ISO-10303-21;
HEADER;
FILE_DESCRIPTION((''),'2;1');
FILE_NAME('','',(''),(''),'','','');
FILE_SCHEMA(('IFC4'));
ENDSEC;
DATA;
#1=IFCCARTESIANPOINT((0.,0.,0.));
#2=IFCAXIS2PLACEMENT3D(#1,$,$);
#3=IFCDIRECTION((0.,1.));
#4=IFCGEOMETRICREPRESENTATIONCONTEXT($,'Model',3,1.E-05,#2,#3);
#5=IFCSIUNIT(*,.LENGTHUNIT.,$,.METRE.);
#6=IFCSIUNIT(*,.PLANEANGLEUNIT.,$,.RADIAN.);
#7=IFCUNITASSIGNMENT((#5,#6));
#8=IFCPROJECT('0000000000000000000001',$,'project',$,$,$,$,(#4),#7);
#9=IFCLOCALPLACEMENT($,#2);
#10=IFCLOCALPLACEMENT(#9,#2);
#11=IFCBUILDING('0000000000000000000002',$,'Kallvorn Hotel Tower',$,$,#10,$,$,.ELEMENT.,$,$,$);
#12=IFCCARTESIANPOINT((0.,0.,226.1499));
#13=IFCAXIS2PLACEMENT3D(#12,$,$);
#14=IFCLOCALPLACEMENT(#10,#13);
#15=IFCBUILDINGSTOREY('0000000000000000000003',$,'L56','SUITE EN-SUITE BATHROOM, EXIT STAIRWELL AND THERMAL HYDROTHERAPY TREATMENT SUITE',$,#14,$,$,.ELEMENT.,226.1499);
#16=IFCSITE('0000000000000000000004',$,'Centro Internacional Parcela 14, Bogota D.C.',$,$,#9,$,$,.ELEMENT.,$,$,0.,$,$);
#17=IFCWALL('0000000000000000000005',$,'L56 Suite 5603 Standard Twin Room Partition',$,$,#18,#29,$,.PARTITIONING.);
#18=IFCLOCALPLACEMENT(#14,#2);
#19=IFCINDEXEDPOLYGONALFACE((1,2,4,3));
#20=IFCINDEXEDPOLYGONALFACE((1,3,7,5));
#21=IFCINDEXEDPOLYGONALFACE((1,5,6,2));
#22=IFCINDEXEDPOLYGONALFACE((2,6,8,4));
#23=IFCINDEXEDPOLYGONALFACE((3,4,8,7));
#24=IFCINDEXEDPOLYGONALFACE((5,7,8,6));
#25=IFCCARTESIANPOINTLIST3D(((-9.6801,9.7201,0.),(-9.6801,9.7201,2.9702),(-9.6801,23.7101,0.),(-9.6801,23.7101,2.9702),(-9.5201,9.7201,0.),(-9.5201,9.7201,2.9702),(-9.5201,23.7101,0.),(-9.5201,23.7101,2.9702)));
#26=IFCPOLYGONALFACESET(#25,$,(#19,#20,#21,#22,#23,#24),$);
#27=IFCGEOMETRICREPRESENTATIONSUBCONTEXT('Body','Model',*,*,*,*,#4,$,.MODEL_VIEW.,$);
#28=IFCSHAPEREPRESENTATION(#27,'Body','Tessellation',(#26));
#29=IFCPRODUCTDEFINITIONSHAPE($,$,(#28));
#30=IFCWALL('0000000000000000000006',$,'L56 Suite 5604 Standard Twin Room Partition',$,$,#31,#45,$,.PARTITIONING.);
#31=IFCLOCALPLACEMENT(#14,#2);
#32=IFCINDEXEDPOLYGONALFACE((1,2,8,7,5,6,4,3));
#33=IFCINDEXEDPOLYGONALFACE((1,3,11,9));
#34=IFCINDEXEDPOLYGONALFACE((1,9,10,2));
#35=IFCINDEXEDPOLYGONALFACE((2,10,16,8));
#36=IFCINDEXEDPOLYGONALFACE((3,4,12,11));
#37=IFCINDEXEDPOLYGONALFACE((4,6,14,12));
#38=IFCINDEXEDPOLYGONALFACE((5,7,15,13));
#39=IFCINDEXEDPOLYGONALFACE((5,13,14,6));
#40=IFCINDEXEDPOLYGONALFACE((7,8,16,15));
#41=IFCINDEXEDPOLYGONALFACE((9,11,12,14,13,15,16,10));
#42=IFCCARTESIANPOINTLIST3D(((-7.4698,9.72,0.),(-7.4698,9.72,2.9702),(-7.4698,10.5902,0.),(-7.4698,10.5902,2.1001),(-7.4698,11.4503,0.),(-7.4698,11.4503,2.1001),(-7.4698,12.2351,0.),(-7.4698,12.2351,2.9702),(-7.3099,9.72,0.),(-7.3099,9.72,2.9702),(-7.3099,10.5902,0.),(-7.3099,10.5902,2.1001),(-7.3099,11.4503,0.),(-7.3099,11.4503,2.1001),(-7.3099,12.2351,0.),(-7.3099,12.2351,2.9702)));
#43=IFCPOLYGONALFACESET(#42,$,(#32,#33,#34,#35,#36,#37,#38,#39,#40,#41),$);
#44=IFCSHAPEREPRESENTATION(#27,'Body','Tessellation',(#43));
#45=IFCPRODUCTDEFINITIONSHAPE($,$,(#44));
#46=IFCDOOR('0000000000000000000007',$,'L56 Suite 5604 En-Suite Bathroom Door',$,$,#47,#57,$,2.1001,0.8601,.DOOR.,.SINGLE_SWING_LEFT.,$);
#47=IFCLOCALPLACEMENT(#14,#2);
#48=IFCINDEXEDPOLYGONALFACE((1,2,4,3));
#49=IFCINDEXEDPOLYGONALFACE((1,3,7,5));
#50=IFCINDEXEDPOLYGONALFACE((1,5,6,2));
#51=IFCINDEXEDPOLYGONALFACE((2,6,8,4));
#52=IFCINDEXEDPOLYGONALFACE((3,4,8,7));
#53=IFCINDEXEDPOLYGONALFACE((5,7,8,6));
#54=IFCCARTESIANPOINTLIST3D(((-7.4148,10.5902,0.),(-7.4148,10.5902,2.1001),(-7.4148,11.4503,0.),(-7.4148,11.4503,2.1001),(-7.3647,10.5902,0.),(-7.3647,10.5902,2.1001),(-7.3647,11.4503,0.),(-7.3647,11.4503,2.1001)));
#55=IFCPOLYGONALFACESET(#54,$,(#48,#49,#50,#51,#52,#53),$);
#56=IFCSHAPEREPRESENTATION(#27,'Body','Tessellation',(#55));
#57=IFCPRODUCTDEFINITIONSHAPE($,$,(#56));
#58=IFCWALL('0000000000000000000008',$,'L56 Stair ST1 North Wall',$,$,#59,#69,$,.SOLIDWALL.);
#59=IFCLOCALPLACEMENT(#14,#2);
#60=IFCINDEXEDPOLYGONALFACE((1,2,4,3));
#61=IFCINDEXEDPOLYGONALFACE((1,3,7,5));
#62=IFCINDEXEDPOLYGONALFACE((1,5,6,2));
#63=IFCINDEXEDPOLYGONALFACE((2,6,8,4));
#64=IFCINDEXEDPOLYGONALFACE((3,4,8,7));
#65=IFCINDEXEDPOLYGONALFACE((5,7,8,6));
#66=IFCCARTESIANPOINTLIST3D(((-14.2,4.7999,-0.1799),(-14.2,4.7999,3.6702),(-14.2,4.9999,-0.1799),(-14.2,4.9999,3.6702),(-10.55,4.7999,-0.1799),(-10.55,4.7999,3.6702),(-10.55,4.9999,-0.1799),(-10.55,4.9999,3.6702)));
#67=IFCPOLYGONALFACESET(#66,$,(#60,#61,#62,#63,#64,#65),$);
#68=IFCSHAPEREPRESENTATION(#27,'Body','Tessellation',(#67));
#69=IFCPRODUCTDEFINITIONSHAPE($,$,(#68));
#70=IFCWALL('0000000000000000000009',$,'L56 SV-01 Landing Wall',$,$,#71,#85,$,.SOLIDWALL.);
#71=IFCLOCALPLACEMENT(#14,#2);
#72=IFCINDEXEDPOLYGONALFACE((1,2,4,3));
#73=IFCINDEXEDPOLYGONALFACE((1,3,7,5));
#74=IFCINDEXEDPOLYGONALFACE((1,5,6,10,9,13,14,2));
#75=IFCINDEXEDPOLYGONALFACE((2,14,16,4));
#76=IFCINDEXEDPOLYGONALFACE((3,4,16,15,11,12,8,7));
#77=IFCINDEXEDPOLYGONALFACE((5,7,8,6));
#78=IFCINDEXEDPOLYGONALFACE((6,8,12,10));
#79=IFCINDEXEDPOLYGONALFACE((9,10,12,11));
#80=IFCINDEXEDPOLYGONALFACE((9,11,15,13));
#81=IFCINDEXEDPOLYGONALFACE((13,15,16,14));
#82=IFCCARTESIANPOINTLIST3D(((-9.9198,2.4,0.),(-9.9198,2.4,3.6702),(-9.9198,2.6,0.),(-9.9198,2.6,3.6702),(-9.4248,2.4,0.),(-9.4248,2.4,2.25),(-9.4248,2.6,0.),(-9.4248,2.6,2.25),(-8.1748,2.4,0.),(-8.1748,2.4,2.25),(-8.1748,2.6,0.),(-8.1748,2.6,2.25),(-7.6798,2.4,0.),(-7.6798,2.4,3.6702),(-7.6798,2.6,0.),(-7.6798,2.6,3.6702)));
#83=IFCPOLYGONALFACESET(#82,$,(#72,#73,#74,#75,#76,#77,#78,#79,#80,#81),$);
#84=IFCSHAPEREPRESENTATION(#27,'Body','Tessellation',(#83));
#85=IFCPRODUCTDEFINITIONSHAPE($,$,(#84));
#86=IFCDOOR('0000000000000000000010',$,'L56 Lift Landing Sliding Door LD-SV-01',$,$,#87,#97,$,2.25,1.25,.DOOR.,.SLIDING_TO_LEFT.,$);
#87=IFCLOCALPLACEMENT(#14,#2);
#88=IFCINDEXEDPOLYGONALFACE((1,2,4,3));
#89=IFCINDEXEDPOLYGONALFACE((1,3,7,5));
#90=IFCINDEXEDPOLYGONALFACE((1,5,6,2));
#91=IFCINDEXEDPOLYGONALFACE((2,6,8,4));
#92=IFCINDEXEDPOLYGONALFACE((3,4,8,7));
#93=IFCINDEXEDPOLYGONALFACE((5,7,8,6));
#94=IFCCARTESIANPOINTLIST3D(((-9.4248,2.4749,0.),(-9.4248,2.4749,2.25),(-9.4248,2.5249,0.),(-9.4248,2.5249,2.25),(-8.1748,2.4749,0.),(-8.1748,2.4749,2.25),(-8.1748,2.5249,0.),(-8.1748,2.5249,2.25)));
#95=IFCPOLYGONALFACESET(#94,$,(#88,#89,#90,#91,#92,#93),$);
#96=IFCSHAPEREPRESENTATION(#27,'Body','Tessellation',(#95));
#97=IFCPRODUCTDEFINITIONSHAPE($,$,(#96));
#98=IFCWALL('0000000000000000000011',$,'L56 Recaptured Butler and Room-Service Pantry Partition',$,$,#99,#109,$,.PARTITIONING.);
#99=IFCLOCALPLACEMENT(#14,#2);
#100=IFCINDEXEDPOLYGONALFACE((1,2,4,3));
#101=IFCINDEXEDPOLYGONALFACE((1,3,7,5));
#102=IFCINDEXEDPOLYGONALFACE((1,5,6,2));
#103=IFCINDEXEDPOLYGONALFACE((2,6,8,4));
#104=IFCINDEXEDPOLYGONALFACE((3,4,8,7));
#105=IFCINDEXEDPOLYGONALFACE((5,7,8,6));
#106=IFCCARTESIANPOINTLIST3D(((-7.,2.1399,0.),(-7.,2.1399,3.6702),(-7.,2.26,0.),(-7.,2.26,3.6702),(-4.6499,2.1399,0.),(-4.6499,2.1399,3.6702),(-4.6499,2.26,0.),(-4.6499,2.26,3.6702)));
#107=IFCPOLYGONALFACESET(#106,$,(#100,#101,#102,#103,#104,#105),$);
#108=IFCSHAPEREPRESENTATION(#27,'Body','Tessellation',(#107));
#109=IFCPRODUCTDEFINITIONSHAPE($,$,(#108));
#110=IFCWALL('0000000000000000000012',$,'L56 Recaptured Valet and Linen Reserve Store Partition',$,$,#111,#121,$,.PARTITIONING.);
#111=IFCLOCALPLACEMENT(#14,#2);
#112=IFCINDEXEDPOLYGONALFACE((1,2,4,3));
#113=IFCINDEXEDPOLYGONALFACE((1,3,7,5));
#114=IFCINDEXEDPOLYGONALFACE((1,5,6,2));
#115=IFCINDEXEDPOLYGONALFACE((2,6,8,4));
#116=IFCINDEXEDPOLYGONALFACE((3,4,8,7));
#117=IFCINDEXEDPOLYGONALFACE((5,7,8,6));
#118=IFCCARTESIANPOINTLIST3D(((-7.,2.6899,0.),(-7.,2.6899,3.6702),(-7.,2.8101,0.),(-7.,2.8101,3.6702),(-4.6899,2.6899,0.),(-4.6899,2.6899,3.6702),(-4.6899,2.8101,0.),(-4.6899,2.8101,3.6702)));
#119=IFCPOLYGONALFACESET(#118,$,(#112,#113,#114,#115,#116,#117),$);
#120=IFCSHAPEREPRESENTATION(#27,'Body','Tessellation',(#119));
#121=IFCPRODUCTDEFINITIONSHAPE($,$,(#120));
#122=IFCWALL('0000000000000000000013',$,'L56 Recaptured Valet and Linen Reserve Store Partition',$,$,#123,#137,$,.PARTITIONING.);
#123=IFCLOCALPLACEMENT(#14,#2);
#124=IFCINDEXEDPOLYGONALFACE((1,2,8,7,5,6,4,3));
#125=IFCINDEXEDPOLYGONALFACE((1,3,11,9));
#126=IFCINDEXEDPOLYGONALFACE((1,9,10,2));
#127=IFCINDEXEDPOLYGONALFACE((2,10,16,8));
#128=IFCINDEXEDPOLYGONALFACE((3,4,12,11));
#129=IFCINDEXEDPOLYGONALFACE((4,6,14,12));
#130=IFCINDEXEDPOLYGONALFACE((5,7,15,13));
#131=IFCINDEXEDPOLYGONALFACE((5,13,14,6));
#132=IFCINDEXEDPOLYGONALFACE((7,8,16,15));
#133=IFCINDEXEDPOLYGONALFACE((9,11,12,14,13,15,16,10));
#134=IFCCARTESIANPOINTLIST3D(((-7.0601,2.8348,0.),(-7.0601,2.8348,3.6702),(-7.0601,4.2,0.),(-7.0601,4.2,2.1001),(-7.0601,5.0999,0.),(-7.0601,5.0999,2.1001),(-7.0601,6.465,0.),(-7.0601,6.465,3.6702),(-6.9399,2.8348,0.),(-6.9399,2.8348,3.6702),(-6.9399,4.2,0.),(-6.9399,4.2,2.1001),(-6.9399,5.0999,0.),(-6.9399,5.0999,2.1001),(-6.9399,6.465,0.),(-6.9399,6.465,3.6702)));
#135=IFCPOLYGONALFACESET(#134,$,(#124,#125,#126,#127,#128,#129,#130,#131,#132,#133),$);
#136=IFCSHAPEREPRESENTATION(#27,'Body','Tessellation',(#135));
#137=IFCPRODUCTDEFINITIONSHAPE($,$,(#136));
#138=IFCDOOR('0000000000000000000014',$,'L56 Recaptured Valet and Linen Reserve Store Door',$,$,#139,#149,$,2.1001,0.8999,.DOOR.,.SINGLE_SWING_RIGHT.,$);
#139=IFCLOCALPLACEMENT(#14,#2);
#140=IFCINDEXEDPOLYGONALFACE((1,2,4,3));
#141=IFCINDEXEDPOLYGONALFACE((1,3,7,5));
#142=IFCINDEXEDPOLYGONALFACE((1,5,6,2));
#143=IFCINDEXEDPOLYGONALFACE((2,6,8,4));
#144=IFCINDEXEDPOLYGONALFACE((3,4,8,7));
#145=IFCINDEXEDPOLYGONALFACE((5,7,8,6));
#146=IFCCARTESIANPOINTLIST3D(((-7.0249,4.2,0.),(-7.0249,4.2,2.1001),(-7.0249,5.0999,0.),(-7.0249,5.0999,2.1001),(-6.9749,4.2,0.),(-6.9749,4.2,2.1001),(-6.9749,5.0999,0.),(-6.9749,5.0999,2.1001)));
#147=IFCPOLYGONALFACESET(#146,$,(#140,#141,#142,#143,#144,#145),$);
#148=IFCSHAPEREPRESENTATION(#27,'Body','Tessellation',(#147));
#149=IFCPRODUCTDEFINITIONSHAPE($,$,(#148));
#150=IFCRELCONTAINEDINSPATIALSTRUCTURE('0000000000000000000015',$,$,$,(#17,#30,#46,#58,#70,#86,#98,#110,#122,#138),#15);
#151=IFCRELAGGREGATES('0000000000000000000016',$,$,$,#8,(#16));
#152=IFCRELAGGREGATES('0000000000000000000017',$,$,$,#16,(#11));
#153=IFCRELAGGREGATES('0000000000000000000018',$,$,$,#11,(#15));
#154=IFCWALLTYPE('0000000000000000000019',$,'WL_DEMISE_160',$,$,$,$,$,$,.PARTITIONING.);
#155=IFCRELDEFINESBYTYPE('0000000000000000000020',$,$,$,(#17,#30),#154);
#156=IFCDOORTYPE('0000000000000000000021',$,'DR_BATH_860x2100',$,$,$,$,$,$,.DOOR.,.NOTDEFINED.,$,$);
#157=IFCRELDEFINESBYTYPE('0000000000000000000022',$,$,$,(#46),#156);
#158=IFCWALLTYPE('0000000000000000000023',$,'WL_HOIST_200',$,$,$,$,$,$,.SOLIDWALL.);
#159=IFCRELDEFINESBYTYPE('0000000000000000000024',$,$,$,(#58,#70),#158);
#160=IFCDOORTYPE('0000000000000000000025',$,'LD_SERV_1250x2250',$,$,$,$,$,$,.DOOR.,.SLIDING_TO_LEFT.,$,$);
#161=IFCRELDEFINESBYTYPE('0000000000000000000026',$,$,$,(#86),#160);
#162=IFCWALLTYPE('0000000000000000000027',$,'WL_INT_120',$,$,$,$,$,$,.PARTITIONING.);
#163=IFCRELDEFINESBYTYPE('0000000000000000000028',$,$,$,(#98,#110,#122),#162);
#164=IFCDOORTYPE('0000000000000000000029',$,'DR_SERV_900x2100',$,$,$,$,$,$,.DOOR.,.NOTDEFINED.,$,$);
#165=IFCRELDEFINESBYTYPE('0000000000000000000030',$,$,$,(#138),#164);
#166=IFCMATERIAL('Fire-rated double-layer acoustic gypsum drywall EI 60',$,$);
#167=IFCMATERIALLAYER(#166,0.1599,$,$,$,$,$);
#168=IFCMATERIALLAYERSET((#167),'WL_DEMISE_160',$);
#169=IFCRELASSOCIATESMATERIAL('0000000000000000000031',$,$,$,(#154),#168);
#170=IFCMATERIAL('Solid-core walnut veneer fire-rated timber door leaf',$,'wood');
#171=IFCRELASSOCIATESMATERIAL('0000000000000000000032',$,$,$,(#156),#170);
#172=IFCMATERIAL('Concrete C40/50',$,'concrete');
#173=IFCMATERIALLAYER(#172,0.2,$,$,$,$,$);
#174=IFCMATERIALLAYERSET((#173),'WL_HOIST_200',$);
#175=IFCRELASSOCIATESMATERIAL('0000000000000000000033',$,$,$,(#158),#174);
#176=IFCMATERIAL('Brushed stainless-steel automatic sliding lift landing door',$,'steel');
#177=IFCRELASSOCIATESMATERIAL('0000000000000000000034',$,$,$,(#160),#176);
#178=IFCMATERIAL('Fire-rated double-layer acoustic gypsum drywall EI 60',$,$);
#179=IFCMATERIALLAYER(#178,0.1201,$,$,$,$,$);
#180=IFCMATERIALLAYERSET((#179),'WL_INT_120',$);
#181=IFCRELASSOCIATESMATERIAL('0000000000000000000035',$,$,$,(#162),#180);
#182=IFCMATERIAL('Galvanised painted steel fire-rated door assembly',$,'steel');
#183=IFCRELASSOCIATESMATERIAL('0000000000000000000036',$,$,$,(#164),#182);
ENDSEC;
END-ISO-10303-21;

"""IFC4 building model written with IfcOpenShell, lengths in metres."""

from ifc_helpers import new_model, si_unit, direction, frame, frame_2d, origin, place, context, subcontext, project, spatial, rectangle, extrude, material, layer, layer_set, type_object, element, fill, save


model = new_model("IFC4")

# Units and contexts
model_context = context("Model", 3, precision=1e-05, world=origin(), true_north=direction((0.0, 1.0)))
body_context = subcontext(model_context, "Body", "Model", "MODEL_VIEW")
ifc_project = project(units=[si_unit("LENGTHUNIT", "METRE"), si_unit("PLANEANGLEUNIT", "RADIAN")], contexts=[model_context])

# Site, building, storey
site_placement = place(None, origin())
site = spatial("IfcSite", under=ifc_project, at=site_placement, Name="Centro Internacional Parcela 14, Bogota D.C.", CompositionType="ELEMENT", RefElevation=0.0)
building_placement = place(site_placement, origin())
building = spatial("IfcBuilding", under=site, at=building_placement, Name="Kallvorn Hotel Tower", CompositionType="ELEMENT")
storey_placement = place(building_placement, frame((0.0, 0.0, 226.1499)))
storey = spatial("IfcBuildingStorey", under=building, at=storey_placement, Name="L56", Description="SUITE EN-SUITE BATHROOM, EXIT STAIRWELL AND THERMAL HYDROTHERAPY TREATMENT SUITE", CompositionType="ELEMENT", Elevation=226.1499)

# Shared definitions
ifc_material_1 = material(Name="Fire-rated double-layer acoustic gypsum drywall EI 60")
ifc_layer_1 = layer(ifc_material_1, 0.1599)
ifc_layer_set_1 = layer_set([ifc_layer_1], Name="WL_DEMISE_160")
wall_type_1 = type_object("IfcWallType", Name="WL_DEMISE_160", PredefinedType="PARTITIONING", material=ifc_layer_set_1)
ifc_material_2 = material(Name="Solid-core walnut veneer fire-rated timber door leaf", Category="wood")
door_type_1 = type_object("IfcDoorType", Name="DR_BATH_860x2100", OperationType="NOTDEFINED", PredefinedType="DOOR", material=ifc_material_2)

# Wall
wall_1_placement = place(storey_placement, frame((-9.6001, 9.72, 0.0), z_axis=(0.0, 0.0, 1.0), x_axis=(0.0, 1.0, 0.0)))
element("IfcWall", 1, at=wall_1_placement, inside=storey, type_object=wall_type_1, Name="L56 Suite 5603 Standard Twin Room Partition", PredefinedType="PARTITIONING", context=body_context, shape_type="SweptSolid", body=[
    extrude(rectangle(XDim=13.99, YDim=0.1599, at=frame_2d((6.9951, 0.0))), origin(), (0.0, 0.0, 1.0), 2.9702),
])

# Wall, opening, door
wall_2_placement = place(storey_placement, frame((-7.3899, 9.72, 0.0), z_axis=(0.0, 0.0, 1.0), x_axis=(0.0, 1.0, 0.0)))
wall_2 = element("IfcWall", 2, at=wall_2_placement, inside=storey, type_object=wall_type_1, Name="L56 Suite 5604 Standard Twin Room Partition", PredefinedType="PARTITIONING", context=body_context, shape_type="SweptSolid", body=[
    extrude(rectangle(XDim=2.5151, YDim=0.1599, at=frame_2d((1.2576, 0.0))), origin(), (0.0, 0.0, 1.0), 2.9702),
])
opening_1_placement = place(wall_2_placement, frame((0.8701, 0.0, 0.0)))
opening_1 = element("IfcOpeningElement", 3, at=opening_1_placement, cuts=wall_2, PredefinedType="OPENING", context=body_context, shape_type="SweptSolid", body=[
    extrude(rectangle(XDim=0.8601, YDim=2.1001, at=frame_2d((0.4302, 1.05))), frame((0.0, 0.095, 0.0), z_axis=(0.0, -1.0, 0.0), x_axis=(1.0, 0.0, 0.0)), (0.0, 0.0, 1.0), 0.1899),
])
door_1_placement = place(opening_1_placement, origin())
door_1 = element("IfcDoor", 4, at=door_1_placement, inside=storey, type_object=door_type_1, Name="L56 Suite 5604 En-Suite Bathroom Door", OperationType="SINGLE_SWING_LEFT", OverallHeight=2.1001, OverallWidth=0.8601, PredefinedType="DOOR", context=body_context, shape_type="SweptSolid", body=[
    extrude(rectangle(XDim=0.8601, YDim=2.1001, at=frame_2d((0.4302, 1.05))), frame((0.0, 0.0249, 0.0), z_axis=(0.0, -1.0, 0.0), x_axis=(1.0, 0.0, 0.0)), (0.0, 0.0, 1.0), 0.05),
])
fill(opening_1, door_1)

# Wall
ifc_material_3 = material(Name="Concrete C40/50", Category="concrete")
ifc_layer_2 = layer(ifc_material_3, 0.2)
ifc_layer_set_2 = layer_set([ifc_layer_2], Name="WL_HOIST_200")
wall_type_2 = type_object("IfcWallType", Name="WL_HOIST_200", PredefinedType="SOLIDWALL", material=ifc_layer_set_2)
wall_3_placement = place(storey_placement, frame((-14.2, 4.8999, -0.1799), z_axis=(0.0, 0.0, 1.0), x_axis=(1.0, 0.0, 0.0)))
element("IfcWall", 5, at=wall_3_placement, inside=storey, type_object=wall_type_2, Name="L56 Stair ST1 North Wall", PredefinedType="SOLIDWALL", context=body_context, shape_type="SweptSolid", body=[
    extrude(rectangle(XDim=3.6499, YDim=0.2, at=frame_2d((1.825, 0.0))), origin(), (0.0, 0.0, 1.0), 3.8501),
])

# Wall, opening, door
wall_4_placement = place(storey_placement, frame((-9.9199, 2.5, 0.0), z_axis=(0.0, 0.0, 1.0), x_axis=(1.0, 0.0, 0.0)))
wall_4 = element("IfcWall", 6, at=wall_4_placement, inside=storey, type_object=wall_type_2, Name="L56 SV-01 Landing Wall", PredefinedType="SOLIDWALL", context=body_context, shape_type="SweptSolid", body=[
    extrude(rectangle(XDim=2.24, YDim=0.2, at=frame_2d((1.1201, 0.0))), origin(), (0.0, 0.0, 1.0), 3.6702),
])
opening_2_placement = place(wall_4_placement, frame((0.4951, 0.0, 0.0)))
opening_2 = element("IfcOpeningElement", 7, at=opening_2_placement, cuts=wall_4, PredefinedType="OPENING", context=body_context, shape_type="SweptSolid", body=[
    extrude(rectangle(XDim=1.25, YDim=2.25, at=frame_2d((0.625, 1.125))), frame((0.0, 0.115, 0.0), z_axis=(0.0, -1.0, 0.0), x_axis=(1.0, 0.0, 0.0)), (0.0, 0.0, 1.0), 0.23),
])
ifc_material_4 = material(Name="Brushed stainless-steel automatic sliding lift landing door", Category="steel")
door_type_2 = type_object("IfcDoorType", Name="LD_SERV_1250x2250", OperationType="SLIDING_TO_LEFT", PredefinedType="DOOR", material=ifc_material_4)
door_2_placement = place(opening_2_placement, origin())
door_2 = element("IfcDoor", 8, at=door_2_placement, inside=storey, type_object=door_type_2, Name="L56 Lift Landing Sliding Door LD-SV-01", OperationType="SLIDING_TO_LEFT", OverallHeight=2.25, OverallWidth=1.25, PredefinedType="DOOR", context=body_context, shape_type="SweptSolid", body=[
    extrude(rectangle(XDim=1.25, YDim=2.25, at=frame_2d((0.625, 1.125))), frame((0.0, 0.0249, 0.0), z_axis=(0.0, -1.0, 0.0), x_axis=(1.0, 0.0, 0.0)), (0.0, 0.0, 1.0), 0.05),
])
fill(opening_2, door_2)

# Walls
ifc_material_5 = material(Name="Fire-rated double-layer acoustic gypsum drywall EI 60")
ifc_layer_3 = layer(ifc_material_5, 0.1201)
ifc_layer_set_3 = layer_set([ifc_layer_3], Name="WL_INT_120")
wall_type_3 = type_object("IfcWallType", Name="WL_INT_120", PredefinedType="PARTITIONING", material=ifc_layer_set_3)
wall_5_placement = place(storey_placement, frame((-7.0, 2.2, 0.0), z_axis=(0.0, 0.0, 1.0), x_axis=(1.0, 0.0, 0.0)))
element("IfcWall", 9, at=wall_5_placement, inside=storey, type_object=wall_type_3, Name="L56 Recaptured Butler and Room-Service Pantry Partition", PredefinedType="PARTITIONING", context=body_context, shape_type="SweptSolid", body=[
    extrude(rectangle(XDim=2.3501, YDim=0.1201, at=frame_2d((1.175, 0.0))), origin(), (0.0, 0.0, 1.0), 3.6702),
])
wall_6_placement = place(storey_placement, frame((-7.0, 2.75, 0.0), z_axis=(0.0, 0.0, 1.0), x_axis=(1.0, 0.0, 0.0)))
element("IfcWall", 10, at=wall_6_placement, inside=storey, type_object=wall_type_3, Name="L56 Recaptured Valet and Linen Reserve Store Partition", PredefinedType="PARTITIONING", context=body_context, shape_type="SweptSolid", body=[
    extrude(rectangle(XDim=2.3101, YDim=0.1201, at=frame_2d((1.155, 0.0))), origin(), (0.0, 0.0, 1.0), 3.6702),
])

# Wall, opening, door
wall_7_placement = place(storey_placement, frame((-7.0, 2.835, 0.0), z_axis=(0.0, 0.0, 1.0), x_axis=(0.0, 1.0, 0.0)))
wall_7 = element("IfcWall", 11, at=wall_7_placement, inside=storey, type_object=wall_type_3, Name="L56 Recaptured Valet and Linen Reserve Store Partition", PredefinedType="PARTITIONING", context=body_context, shape_type="SweptSolid", body=[
    extrude(rectangle(XDim=3.6301, YDim=0.1201, at=frame_2d((1.8149, 0.0))), origin(), (0.0, 0.0, 1.0), 3.6702),
])
opening_3_placement = place(wall_7_placement, frame((1.365, 0.0, 0.0)))
opening_3 = element("IfcOpeningElement", 12, at=opening_3_placement, cuts=wall_7, PredefinedType="OPENING", context=body_context, shape_type="SweptSolid", body=[
    extrude(rectangle(XDim=0.8999, YDim=2.1001, at=frame_2d((0.45, 1.05))), frame((0.0, 0.075, 0.0), z_axis=(0.0, -1.0, 0.0), x_axis=(1.0, 0.0, 0.0)), (0.0, 0.0, 1.0), 0.1501),
])
ifc_material_6 = material(Name="Galvanised painted steel fire-rated door assembly", Category="steel")
door_type_3 = type_object("IfcDoorType", Name="DR_SERV_900x2100", OperationType="NOTDEFINED", PredefinedType="DOOR", material=ifc_material_6)
door_3_placement = place(opening_3_placement, origin())
door_3 = element("IfcDoor", 13, at=door_3_placement, inside=storey, type_object=door_type_3, Name="L56 Recaptured Valet and Linen Reserve Store Door", OperationType="SINGLE_SWING_RIGHT", OverallHeight=2.1001, OverallWidth=0.8999, PredefinedType="DOOR", context=body_context, shape_type="SweptSolid", body=[
    extrude(rectangle(XDim=0.8999, YDim=2.1001, at=frame_2d((0.45, 1.05))), frame((0.0, 0.0249, 0.0), z_axis=(0.0, -1.0, 0.0), x_axis=(1.0, 0.0, 0.0)), (0.0, 0.0, 1.0), 0.05),
])
fill(opening_3, door_3)

save(model, "model.ifc")
